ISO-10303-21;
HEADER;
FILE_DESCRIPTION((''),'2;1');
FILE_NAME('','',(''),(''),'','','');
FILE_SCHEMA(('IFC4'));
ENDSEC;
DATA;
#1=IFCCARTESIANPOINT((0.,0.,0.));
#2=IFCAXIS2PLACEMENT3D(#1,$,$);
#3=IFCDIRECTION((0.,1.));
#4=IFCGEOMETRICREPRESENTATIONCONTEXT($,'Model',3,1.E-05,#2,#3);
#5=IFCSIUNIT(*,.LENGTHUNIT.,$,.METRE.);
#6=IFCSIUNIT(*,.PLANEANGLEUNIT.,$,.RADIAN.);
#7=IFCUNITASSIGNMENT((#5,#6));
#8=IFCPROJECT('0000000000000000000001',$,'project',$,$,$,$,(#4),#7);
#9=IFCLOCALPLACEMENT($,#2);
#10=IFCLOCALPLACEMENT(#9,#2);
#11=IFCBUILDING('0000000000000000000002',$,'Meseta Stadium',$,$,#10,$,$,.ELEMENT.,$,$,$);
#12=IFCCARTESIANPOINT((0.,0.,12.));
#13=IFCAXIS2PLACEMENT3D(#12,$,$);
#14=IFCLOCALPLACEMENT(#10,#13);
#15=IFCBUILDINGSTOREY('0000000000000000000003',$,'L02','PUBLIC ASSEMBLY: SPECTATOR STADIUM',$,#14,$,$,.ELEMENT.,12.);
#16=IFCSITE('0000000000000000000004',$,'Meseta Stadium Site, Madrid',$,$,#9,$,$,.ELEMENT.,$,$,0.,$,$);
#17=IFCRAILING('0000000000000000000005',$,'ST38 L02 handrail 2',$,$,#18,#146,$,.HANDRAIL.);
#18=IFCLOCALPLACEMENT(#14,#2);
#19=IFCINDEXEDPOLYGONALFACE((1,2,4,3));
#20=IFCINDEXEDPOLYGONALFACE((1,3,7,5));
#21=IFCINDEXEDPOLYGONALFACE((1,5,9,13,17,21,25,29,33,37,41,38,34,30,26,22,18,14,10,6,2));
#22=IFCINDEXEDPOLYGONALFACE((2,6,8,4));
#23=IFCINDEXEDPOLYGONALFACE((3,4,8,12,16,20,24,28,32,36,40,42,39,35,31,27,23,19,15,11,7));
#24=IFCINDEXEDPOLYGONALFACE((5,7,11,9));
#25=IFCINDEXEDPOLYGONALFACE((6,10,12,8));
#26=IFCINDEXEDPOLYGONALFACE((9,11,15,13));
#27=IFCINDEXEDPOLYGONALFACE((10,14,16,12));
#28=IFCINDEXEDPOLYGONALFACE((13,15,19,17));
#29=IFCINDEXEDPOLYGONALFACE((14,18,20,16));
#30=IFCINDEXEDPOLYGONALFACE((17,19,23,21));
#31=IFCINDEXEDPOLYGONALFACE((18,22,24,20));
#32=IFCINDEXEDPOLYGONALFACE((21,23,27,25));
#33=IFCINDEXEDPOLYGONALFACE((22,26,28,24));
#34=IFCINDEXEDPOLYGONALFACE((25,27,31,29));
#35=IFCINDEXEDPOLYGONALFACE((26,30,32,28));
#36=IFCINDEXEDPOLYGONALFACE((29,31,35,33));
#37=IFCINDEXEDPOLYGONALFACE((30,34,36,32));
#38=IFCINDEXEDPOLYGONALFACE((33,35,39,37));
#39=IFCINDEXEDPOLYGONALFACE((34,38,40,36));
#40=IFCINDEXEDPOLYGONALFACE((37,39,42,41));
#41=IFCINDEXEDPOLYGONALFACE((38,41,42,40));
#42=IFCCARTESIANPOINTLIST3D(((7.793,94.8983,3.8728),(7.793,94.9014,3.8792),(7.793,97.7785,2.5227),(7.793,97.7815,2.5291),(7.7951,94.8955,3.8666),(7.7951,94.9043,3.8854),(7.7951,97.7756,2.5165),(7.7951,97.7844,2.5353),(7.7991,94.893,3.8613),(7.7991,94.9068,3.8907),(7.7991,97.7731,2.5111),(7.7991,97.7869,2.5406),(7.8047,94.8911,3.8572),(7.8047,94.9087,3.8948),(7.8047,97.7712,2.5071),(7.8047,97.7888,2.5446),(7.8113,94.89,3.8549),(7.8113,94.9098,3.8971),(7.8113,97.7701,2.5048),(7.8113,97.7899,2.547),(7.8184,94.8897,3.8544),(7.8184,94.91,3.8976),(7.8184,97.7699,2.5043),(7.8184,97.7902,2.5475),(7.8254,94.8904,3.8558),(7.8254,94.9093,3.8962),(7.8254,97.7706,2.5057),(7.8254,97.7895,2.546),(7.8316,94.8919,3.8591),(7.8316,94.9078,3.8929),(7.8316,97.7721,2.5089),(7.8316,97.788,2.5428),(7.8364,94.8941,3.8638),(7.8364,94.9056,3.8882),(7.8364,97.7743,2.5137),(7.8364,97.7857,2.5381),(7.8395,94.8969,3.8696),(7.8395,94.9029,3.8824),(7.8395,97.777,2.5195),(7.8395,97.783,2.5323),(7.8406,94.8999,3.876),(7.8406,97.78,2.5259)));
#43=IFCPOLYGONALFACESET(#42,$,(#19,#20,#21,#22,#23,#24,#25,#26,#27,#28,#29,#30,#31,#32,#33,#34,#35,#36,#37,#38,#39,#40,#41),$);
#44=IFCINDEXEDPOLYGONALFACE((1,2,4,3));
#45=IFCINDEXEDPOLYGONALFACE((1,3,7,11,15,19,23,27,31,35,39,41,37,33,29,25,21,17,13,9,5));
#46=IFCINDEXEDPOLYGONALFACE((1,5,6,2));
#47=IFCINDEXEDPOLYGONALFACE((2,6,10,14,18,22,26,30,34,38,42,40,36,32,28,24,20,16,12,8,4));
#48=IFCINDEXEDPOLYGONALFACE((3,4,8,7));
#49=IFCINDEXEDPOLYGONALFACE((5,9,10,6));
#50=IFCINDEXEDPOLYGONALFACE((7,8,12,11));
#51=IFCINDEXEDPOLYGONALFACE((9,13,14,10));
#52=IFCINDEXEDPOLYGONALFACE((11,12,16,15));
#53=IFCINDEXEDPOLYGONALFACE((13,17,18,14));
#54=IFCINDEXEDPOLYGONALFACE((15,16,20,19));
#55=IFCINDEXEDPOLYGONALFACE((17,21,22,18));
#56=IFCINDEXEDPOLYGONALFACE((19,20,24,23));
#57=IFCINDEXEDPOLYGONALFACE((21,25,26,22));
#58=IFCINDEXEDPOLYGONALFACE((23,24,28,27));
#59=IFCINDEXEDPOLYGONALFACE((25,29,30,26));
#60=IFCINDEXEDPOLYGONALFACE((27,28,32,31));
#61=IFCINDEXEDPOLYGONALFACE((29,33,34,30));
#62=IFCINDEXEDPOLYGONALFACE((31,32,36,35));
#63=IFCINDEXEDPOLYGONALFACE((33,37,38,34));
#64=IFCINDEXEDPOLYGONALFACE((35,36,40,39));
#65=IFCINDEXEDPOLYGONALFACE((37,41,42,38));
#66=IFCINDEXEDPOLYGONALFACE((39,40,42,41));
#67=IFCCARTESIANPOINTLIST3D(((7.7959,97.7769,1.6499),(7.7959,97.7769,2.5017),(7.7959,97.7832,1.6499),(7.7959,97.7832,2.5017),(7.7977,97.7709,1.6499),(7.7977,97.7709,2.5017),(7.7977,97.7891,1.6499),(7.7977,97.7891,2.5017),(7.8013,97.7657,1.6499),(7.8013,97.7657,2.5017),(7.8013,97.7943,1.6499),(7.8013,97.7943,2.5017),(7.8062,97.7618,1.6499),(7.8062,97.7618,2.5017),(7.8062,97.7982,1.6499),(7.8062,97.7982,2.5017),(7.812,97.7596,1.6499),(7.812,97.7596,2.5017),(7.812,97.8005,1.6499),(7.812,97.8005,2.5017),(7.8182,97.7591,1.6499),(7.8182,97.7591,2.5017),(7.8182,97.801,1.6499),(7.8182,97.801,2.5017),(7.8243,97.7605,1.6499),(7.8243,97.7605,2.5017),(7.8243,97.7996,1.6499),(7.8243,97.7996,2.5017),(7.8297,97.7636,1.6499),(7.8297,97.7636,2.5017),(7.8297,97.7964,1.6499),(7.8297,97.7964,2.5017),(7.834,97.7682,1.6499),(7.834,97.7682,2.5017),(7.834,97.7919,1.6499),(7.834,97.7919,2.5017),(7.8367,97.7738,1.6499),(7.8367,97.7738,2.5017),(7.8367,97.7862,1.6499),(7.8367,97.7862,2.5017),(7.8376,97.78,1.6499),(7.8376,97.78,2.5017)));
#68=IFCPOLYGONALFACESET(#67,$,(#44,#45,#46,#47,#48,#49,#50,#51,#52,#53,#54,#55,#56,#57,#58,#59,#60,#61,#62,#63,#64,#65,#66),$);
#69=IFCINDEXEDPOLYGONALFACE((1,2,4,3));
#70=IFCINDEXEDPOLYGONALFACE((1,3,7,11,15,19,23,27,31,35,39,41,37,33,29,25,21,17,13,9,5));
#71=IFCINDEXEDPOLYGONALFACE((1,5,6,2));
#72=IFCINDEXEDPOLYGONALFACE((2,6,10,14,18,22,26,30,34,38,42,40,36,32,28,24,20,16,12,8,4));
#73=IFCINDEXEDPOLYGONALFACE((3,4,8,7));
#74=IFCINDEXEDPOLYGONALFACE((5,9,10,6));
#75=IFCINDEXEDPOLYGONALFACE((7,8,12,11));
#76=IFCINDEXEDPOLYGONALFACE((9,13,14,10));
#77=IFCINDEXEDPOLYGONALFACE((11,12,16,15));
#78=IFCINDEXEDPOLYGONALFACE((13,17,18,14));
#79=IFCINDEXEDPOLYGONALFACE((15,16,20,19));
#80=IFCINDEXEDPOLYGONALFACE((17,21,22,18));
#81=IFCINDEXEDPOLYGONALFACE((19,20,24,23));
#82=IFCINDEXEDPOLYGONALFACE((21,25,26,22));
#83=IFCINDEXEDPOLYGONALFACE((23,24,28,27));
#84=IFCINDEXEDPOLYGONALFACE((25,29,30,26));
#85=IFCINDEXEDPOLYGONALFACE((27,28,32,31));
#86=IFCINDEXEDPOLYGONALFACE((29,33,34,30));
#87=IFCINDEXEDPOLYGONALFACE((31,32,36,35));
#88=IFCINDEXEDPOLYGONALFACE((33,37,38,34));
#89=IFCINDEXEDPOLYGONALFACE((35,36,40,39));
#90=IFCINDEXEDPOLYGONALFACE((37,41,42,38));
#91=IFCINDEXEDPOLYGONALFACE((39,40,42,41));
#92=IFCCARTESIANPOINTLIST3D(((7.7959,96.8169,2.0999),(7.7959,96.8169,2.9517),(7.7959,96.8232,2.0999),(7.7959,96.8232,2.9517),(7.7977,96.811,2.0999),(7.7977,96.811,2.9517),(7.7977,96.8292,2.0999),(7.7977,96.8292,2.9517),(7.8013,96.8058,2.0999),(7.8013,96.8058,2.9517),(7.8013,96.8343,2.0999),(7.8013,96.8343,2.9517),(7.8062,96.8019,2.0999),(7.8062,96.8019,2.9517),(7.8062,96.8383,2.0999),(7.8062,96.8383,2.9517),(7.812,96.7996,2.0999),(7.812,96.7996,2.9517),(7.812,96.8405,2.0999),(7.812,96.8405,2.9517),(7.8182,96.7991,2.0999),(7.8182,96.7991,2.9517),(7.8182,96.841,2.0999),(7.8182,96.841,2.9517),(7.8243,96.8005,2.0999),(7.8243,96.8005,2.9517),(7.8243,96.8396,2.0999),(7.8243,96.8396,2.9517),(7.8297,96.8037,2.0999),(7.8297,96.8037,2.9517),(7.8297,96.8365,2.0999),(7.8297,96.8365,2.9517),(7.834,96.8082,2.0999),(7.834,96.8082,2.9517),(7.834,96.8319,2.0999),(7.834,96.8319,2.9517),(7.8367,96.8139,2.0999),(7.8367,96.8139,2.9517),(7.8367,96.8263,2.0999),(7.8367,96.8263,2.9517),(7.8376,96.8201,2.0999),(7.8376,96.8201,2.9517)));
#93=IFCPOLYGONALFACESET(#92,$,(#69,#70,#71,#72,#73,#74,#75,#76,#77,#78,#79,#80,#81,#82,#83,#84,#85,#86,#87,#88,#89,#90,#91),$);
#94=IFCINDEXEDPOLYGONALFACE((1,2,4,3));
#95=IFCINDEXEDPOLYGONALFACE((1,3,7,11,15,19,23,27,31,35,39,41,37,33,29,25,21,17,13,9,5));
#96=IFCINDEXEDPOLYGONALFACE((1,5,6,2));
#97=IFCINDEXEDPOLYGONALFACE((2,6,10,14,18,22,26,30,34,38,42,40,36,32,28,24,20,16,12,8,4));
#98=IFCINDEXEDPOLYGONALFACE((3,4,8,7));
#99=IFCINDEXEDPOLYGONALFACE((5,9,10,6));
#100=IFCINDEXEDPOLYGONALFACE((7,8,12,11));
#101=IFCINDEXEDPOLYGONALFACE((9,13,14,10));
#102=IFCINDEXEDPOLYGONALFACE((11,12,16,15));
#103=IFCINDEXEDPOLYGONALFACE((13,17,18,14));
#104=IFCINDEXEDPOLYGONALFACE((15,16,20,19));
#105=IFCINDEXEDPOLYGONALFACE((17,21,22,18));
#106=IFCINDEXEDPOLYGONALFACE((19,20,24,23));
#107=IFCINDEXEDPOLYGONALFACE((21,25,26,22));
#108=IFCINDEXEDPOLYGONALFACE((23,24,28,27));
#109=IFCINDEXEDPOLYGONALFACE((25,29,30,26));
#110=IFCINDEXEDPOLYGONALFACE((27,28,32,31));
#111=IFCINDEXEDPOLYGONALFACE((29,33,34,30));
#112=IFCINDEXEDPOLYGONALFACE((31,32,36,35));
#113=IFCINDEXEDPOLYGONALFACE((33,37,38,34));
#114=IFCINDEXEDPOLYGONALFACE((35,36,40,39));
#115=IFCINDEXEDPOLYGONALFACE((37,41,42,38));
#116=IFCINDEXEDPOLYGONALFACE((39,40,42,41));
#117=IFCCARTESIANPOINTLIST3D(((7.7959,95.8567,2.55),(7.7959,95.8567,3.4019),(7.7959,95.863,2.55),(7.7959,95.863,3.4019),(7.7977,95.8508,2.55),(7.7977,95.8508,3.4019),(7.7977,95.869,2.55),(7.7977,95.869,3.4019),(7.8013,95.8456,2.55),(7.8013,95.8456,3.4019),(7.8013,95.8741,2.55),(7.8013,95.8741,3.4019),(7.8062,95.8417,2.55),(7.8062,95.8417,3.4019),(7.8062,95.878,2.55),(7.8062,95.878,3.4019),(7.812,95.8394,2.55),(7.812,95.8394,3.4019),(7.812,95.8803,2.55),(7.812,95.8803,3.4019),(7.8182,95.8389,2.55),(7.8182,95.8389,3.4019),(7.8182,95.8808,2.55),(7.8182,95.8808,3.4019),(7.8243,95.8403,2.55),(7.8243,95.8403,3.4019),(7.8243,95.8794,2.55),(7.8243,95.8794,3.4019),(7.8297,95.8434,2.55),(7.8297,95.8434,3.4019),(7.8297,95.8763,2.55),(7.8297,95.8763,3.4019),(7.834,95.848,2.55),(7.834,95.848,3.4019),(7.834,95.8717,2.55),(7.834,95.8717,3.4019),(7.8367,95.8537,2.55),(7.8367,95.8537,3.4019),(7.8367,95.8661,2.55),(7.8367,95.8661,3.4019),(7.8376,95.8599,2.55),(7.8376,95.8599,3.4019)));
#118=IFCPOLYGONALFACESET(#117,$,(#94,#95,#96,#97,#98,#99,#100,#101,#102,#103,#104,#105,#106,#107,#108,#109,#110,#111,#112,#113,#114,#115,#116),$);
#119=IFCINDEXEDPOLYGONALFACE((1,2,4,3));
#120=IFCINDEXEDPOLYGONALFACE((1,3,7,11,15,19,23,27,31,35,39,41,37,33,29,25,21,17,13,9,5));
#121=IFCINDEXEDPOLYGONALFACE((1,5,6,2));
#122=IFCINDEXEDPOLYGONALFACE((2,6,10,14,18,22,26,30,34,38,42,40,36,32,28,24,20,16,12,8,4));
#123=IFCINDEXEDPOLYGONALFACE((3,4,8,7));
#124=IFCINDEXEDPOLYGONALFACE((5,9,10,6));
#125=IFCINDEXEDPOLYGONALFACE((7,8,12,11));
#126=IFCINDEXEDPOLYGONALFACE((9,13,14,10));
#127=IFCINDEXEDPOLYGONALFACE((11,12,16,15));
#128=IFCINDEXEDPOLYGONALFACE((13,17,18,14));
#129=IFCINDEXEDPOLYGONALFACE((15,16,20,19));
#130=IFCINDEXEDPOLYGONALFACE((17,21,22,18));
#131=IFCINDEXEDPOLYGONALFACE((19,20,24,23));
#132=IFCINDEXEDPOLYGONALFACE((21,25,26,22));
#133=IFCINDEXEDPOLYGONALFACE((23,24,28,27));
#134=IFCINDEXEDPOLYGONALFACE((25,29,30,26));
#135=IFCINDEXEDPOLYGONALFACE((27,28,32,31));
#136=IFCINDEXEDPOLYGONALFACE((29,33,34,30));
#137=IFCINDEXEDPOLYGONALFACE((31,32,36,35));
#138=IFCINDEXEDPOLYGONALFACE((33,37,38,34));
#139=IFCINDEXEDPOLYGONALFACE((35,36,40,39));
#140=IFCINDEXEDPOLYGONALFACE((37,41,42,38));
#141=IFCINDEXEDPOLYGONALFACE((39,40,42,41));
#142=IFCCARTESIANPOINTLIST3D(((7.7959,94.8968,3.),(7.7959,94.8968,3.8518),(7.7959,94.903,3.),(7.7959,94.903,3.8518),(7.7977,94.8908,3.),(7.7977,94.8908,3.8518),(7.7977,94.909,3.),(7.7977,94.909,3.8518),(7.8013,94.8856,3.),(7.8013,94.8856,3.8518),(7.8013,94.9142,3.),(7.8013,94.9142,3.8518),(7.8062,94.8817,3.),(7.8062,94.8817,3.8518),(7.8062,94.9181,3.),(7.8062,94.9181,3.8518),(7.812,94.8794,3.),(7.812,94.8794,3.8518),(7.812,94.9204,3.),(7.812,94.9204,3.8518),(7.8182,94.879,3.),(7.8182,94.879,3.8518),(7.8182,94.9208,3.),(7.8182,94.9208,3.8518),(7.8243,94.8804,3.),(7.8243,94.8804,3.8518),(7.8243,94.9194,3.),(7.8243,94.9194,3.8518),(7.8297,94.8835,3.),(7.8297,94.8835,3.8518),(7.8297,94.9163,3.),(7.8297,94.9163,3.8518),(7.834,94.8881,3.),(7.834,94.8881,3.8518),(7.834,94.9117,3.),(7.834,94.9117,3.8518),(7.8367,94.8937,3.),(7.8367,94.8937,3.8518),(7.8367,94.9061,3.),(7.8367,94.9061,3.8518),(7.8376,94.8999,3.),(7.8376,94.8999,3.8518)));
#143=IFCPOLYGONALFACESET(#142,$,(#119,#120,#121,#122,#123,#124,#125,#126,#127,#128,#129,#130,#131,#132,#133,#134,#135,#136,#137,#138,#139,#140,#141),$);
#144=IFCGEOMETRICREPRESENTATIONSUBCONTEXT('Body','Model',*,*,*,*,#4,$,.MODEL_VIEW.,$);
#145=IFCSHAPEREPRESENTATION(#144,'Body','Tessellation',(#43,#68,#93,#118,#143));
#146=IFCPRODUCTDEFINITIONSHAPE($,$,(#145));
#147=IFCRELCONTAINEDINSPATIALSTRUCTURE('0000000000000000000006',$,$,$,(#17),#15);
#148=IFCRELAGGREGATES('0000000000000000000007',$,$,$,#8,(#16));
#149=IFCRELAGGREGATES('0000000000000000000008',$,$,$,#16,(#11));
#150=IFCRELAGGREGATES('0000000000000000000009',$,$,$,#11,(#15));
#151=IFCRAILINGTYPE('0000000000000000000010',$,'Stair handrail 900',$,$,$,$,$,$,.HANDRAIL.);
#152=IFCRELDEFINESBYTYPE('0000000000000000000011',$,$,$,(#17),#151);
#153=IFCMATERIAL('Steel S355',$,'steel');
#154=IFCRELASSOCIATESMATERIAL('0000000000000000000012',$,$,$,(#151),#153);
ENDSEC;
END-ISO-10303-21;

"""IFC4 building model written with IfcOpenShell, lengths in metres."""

from ifc_helpers import new_model, si_unit, direction, frame, origin, origin_2d, place, context, subcontext, project, spatial, circle, extrude, material, type_object, element, save


model = new_model("IFC4")

# Units and contexts
model_context = context("Model", 3, precision=1e-05, world=origin(), true_north=direction((0.0, 1.0)))
body_context = subcontext(model_context, "Body", "Model", "MODEL_VIEW")
ifc_project = project(units=[si_unit("LENGTHUNIT", "METRE"), si_unit("PLANEANGLEUNIT", "RADIAN")], contexts=[model_context])

# Site, building, storey
site_placement = place(None, origin())
site = spatial("IfcSite", under=ifc_project, at=site_placement, Name="Meseta Stadium Site, Madrid", CompositionType="ELEMENT", RefElevation=0.0)
building_placement = place(site_placement, origin())
building = spatial("IfcBuilding", under=site, at=building_placement, Name="Meseta Stadium", CompositionType="ELEMENT")
storey_placement = place(building_placement, frame((0.0, 0.0, 12.0)))
storey = spatial("IfcBuildingStorey", under=building, at=storey_placement, Name="L02", Description="PUBLIC ASSEMBLY: SPECTATOR STADIUM", CompositionType="ELEMENT", Elevation=12.0)

# Railing
ifc_material_1 = material(Name="Steel S355", Category="steel")
railing_type_1 = type_object("IfcRailingType", Name="Stair handrail 900", PredefinedType="HANDRAIL", material=ifc_material_1)
railing_1_placement = place(storey_placement, frame((7.8167, 97.78, 1.6499)))
element("IfcRailing", 1, at=railing_1_placement, inside=storey, type_object=railing_type_1, Name="ST38 L02 handrail 2", PredefinedType="HANDRAIL", context=body_context, shape_type="SweptSolid", body=[
    extrude(circle(Radius=0.0239, at=origin_2d()), frame((0.0, 0.0, 0.876), z_axis=(0.0, -0.905454, 0.424444), x_axis=(1.0, 0.0, 0.0)), (0.0, 0.0, 1.0), 3.1809),
    extrude(circle(Radius=0.021, at=origin_2d()), origin(), (0.0, 0.0, 1.0), 0.8518),
    extrude(circle(Radius=0.021, at=origin_2d()), frame((0.0, -0.96, 0.45)), (0.0, 0.0, 1.0), 0.8518),
    extrude(circle(Radius=0.021, at=origin_2d()), frame((0.0, -1.9202, 0.9001)), (0.0, 0.0, 1.0), 0.8518),
    extrude(circle(Radius=0.021, at=origin_2d()), frame((0.0, -2.8801, 1.3501)), (0.0, 0.0, 1.0), 0.8518),
])

save(model, "model.ifc")
